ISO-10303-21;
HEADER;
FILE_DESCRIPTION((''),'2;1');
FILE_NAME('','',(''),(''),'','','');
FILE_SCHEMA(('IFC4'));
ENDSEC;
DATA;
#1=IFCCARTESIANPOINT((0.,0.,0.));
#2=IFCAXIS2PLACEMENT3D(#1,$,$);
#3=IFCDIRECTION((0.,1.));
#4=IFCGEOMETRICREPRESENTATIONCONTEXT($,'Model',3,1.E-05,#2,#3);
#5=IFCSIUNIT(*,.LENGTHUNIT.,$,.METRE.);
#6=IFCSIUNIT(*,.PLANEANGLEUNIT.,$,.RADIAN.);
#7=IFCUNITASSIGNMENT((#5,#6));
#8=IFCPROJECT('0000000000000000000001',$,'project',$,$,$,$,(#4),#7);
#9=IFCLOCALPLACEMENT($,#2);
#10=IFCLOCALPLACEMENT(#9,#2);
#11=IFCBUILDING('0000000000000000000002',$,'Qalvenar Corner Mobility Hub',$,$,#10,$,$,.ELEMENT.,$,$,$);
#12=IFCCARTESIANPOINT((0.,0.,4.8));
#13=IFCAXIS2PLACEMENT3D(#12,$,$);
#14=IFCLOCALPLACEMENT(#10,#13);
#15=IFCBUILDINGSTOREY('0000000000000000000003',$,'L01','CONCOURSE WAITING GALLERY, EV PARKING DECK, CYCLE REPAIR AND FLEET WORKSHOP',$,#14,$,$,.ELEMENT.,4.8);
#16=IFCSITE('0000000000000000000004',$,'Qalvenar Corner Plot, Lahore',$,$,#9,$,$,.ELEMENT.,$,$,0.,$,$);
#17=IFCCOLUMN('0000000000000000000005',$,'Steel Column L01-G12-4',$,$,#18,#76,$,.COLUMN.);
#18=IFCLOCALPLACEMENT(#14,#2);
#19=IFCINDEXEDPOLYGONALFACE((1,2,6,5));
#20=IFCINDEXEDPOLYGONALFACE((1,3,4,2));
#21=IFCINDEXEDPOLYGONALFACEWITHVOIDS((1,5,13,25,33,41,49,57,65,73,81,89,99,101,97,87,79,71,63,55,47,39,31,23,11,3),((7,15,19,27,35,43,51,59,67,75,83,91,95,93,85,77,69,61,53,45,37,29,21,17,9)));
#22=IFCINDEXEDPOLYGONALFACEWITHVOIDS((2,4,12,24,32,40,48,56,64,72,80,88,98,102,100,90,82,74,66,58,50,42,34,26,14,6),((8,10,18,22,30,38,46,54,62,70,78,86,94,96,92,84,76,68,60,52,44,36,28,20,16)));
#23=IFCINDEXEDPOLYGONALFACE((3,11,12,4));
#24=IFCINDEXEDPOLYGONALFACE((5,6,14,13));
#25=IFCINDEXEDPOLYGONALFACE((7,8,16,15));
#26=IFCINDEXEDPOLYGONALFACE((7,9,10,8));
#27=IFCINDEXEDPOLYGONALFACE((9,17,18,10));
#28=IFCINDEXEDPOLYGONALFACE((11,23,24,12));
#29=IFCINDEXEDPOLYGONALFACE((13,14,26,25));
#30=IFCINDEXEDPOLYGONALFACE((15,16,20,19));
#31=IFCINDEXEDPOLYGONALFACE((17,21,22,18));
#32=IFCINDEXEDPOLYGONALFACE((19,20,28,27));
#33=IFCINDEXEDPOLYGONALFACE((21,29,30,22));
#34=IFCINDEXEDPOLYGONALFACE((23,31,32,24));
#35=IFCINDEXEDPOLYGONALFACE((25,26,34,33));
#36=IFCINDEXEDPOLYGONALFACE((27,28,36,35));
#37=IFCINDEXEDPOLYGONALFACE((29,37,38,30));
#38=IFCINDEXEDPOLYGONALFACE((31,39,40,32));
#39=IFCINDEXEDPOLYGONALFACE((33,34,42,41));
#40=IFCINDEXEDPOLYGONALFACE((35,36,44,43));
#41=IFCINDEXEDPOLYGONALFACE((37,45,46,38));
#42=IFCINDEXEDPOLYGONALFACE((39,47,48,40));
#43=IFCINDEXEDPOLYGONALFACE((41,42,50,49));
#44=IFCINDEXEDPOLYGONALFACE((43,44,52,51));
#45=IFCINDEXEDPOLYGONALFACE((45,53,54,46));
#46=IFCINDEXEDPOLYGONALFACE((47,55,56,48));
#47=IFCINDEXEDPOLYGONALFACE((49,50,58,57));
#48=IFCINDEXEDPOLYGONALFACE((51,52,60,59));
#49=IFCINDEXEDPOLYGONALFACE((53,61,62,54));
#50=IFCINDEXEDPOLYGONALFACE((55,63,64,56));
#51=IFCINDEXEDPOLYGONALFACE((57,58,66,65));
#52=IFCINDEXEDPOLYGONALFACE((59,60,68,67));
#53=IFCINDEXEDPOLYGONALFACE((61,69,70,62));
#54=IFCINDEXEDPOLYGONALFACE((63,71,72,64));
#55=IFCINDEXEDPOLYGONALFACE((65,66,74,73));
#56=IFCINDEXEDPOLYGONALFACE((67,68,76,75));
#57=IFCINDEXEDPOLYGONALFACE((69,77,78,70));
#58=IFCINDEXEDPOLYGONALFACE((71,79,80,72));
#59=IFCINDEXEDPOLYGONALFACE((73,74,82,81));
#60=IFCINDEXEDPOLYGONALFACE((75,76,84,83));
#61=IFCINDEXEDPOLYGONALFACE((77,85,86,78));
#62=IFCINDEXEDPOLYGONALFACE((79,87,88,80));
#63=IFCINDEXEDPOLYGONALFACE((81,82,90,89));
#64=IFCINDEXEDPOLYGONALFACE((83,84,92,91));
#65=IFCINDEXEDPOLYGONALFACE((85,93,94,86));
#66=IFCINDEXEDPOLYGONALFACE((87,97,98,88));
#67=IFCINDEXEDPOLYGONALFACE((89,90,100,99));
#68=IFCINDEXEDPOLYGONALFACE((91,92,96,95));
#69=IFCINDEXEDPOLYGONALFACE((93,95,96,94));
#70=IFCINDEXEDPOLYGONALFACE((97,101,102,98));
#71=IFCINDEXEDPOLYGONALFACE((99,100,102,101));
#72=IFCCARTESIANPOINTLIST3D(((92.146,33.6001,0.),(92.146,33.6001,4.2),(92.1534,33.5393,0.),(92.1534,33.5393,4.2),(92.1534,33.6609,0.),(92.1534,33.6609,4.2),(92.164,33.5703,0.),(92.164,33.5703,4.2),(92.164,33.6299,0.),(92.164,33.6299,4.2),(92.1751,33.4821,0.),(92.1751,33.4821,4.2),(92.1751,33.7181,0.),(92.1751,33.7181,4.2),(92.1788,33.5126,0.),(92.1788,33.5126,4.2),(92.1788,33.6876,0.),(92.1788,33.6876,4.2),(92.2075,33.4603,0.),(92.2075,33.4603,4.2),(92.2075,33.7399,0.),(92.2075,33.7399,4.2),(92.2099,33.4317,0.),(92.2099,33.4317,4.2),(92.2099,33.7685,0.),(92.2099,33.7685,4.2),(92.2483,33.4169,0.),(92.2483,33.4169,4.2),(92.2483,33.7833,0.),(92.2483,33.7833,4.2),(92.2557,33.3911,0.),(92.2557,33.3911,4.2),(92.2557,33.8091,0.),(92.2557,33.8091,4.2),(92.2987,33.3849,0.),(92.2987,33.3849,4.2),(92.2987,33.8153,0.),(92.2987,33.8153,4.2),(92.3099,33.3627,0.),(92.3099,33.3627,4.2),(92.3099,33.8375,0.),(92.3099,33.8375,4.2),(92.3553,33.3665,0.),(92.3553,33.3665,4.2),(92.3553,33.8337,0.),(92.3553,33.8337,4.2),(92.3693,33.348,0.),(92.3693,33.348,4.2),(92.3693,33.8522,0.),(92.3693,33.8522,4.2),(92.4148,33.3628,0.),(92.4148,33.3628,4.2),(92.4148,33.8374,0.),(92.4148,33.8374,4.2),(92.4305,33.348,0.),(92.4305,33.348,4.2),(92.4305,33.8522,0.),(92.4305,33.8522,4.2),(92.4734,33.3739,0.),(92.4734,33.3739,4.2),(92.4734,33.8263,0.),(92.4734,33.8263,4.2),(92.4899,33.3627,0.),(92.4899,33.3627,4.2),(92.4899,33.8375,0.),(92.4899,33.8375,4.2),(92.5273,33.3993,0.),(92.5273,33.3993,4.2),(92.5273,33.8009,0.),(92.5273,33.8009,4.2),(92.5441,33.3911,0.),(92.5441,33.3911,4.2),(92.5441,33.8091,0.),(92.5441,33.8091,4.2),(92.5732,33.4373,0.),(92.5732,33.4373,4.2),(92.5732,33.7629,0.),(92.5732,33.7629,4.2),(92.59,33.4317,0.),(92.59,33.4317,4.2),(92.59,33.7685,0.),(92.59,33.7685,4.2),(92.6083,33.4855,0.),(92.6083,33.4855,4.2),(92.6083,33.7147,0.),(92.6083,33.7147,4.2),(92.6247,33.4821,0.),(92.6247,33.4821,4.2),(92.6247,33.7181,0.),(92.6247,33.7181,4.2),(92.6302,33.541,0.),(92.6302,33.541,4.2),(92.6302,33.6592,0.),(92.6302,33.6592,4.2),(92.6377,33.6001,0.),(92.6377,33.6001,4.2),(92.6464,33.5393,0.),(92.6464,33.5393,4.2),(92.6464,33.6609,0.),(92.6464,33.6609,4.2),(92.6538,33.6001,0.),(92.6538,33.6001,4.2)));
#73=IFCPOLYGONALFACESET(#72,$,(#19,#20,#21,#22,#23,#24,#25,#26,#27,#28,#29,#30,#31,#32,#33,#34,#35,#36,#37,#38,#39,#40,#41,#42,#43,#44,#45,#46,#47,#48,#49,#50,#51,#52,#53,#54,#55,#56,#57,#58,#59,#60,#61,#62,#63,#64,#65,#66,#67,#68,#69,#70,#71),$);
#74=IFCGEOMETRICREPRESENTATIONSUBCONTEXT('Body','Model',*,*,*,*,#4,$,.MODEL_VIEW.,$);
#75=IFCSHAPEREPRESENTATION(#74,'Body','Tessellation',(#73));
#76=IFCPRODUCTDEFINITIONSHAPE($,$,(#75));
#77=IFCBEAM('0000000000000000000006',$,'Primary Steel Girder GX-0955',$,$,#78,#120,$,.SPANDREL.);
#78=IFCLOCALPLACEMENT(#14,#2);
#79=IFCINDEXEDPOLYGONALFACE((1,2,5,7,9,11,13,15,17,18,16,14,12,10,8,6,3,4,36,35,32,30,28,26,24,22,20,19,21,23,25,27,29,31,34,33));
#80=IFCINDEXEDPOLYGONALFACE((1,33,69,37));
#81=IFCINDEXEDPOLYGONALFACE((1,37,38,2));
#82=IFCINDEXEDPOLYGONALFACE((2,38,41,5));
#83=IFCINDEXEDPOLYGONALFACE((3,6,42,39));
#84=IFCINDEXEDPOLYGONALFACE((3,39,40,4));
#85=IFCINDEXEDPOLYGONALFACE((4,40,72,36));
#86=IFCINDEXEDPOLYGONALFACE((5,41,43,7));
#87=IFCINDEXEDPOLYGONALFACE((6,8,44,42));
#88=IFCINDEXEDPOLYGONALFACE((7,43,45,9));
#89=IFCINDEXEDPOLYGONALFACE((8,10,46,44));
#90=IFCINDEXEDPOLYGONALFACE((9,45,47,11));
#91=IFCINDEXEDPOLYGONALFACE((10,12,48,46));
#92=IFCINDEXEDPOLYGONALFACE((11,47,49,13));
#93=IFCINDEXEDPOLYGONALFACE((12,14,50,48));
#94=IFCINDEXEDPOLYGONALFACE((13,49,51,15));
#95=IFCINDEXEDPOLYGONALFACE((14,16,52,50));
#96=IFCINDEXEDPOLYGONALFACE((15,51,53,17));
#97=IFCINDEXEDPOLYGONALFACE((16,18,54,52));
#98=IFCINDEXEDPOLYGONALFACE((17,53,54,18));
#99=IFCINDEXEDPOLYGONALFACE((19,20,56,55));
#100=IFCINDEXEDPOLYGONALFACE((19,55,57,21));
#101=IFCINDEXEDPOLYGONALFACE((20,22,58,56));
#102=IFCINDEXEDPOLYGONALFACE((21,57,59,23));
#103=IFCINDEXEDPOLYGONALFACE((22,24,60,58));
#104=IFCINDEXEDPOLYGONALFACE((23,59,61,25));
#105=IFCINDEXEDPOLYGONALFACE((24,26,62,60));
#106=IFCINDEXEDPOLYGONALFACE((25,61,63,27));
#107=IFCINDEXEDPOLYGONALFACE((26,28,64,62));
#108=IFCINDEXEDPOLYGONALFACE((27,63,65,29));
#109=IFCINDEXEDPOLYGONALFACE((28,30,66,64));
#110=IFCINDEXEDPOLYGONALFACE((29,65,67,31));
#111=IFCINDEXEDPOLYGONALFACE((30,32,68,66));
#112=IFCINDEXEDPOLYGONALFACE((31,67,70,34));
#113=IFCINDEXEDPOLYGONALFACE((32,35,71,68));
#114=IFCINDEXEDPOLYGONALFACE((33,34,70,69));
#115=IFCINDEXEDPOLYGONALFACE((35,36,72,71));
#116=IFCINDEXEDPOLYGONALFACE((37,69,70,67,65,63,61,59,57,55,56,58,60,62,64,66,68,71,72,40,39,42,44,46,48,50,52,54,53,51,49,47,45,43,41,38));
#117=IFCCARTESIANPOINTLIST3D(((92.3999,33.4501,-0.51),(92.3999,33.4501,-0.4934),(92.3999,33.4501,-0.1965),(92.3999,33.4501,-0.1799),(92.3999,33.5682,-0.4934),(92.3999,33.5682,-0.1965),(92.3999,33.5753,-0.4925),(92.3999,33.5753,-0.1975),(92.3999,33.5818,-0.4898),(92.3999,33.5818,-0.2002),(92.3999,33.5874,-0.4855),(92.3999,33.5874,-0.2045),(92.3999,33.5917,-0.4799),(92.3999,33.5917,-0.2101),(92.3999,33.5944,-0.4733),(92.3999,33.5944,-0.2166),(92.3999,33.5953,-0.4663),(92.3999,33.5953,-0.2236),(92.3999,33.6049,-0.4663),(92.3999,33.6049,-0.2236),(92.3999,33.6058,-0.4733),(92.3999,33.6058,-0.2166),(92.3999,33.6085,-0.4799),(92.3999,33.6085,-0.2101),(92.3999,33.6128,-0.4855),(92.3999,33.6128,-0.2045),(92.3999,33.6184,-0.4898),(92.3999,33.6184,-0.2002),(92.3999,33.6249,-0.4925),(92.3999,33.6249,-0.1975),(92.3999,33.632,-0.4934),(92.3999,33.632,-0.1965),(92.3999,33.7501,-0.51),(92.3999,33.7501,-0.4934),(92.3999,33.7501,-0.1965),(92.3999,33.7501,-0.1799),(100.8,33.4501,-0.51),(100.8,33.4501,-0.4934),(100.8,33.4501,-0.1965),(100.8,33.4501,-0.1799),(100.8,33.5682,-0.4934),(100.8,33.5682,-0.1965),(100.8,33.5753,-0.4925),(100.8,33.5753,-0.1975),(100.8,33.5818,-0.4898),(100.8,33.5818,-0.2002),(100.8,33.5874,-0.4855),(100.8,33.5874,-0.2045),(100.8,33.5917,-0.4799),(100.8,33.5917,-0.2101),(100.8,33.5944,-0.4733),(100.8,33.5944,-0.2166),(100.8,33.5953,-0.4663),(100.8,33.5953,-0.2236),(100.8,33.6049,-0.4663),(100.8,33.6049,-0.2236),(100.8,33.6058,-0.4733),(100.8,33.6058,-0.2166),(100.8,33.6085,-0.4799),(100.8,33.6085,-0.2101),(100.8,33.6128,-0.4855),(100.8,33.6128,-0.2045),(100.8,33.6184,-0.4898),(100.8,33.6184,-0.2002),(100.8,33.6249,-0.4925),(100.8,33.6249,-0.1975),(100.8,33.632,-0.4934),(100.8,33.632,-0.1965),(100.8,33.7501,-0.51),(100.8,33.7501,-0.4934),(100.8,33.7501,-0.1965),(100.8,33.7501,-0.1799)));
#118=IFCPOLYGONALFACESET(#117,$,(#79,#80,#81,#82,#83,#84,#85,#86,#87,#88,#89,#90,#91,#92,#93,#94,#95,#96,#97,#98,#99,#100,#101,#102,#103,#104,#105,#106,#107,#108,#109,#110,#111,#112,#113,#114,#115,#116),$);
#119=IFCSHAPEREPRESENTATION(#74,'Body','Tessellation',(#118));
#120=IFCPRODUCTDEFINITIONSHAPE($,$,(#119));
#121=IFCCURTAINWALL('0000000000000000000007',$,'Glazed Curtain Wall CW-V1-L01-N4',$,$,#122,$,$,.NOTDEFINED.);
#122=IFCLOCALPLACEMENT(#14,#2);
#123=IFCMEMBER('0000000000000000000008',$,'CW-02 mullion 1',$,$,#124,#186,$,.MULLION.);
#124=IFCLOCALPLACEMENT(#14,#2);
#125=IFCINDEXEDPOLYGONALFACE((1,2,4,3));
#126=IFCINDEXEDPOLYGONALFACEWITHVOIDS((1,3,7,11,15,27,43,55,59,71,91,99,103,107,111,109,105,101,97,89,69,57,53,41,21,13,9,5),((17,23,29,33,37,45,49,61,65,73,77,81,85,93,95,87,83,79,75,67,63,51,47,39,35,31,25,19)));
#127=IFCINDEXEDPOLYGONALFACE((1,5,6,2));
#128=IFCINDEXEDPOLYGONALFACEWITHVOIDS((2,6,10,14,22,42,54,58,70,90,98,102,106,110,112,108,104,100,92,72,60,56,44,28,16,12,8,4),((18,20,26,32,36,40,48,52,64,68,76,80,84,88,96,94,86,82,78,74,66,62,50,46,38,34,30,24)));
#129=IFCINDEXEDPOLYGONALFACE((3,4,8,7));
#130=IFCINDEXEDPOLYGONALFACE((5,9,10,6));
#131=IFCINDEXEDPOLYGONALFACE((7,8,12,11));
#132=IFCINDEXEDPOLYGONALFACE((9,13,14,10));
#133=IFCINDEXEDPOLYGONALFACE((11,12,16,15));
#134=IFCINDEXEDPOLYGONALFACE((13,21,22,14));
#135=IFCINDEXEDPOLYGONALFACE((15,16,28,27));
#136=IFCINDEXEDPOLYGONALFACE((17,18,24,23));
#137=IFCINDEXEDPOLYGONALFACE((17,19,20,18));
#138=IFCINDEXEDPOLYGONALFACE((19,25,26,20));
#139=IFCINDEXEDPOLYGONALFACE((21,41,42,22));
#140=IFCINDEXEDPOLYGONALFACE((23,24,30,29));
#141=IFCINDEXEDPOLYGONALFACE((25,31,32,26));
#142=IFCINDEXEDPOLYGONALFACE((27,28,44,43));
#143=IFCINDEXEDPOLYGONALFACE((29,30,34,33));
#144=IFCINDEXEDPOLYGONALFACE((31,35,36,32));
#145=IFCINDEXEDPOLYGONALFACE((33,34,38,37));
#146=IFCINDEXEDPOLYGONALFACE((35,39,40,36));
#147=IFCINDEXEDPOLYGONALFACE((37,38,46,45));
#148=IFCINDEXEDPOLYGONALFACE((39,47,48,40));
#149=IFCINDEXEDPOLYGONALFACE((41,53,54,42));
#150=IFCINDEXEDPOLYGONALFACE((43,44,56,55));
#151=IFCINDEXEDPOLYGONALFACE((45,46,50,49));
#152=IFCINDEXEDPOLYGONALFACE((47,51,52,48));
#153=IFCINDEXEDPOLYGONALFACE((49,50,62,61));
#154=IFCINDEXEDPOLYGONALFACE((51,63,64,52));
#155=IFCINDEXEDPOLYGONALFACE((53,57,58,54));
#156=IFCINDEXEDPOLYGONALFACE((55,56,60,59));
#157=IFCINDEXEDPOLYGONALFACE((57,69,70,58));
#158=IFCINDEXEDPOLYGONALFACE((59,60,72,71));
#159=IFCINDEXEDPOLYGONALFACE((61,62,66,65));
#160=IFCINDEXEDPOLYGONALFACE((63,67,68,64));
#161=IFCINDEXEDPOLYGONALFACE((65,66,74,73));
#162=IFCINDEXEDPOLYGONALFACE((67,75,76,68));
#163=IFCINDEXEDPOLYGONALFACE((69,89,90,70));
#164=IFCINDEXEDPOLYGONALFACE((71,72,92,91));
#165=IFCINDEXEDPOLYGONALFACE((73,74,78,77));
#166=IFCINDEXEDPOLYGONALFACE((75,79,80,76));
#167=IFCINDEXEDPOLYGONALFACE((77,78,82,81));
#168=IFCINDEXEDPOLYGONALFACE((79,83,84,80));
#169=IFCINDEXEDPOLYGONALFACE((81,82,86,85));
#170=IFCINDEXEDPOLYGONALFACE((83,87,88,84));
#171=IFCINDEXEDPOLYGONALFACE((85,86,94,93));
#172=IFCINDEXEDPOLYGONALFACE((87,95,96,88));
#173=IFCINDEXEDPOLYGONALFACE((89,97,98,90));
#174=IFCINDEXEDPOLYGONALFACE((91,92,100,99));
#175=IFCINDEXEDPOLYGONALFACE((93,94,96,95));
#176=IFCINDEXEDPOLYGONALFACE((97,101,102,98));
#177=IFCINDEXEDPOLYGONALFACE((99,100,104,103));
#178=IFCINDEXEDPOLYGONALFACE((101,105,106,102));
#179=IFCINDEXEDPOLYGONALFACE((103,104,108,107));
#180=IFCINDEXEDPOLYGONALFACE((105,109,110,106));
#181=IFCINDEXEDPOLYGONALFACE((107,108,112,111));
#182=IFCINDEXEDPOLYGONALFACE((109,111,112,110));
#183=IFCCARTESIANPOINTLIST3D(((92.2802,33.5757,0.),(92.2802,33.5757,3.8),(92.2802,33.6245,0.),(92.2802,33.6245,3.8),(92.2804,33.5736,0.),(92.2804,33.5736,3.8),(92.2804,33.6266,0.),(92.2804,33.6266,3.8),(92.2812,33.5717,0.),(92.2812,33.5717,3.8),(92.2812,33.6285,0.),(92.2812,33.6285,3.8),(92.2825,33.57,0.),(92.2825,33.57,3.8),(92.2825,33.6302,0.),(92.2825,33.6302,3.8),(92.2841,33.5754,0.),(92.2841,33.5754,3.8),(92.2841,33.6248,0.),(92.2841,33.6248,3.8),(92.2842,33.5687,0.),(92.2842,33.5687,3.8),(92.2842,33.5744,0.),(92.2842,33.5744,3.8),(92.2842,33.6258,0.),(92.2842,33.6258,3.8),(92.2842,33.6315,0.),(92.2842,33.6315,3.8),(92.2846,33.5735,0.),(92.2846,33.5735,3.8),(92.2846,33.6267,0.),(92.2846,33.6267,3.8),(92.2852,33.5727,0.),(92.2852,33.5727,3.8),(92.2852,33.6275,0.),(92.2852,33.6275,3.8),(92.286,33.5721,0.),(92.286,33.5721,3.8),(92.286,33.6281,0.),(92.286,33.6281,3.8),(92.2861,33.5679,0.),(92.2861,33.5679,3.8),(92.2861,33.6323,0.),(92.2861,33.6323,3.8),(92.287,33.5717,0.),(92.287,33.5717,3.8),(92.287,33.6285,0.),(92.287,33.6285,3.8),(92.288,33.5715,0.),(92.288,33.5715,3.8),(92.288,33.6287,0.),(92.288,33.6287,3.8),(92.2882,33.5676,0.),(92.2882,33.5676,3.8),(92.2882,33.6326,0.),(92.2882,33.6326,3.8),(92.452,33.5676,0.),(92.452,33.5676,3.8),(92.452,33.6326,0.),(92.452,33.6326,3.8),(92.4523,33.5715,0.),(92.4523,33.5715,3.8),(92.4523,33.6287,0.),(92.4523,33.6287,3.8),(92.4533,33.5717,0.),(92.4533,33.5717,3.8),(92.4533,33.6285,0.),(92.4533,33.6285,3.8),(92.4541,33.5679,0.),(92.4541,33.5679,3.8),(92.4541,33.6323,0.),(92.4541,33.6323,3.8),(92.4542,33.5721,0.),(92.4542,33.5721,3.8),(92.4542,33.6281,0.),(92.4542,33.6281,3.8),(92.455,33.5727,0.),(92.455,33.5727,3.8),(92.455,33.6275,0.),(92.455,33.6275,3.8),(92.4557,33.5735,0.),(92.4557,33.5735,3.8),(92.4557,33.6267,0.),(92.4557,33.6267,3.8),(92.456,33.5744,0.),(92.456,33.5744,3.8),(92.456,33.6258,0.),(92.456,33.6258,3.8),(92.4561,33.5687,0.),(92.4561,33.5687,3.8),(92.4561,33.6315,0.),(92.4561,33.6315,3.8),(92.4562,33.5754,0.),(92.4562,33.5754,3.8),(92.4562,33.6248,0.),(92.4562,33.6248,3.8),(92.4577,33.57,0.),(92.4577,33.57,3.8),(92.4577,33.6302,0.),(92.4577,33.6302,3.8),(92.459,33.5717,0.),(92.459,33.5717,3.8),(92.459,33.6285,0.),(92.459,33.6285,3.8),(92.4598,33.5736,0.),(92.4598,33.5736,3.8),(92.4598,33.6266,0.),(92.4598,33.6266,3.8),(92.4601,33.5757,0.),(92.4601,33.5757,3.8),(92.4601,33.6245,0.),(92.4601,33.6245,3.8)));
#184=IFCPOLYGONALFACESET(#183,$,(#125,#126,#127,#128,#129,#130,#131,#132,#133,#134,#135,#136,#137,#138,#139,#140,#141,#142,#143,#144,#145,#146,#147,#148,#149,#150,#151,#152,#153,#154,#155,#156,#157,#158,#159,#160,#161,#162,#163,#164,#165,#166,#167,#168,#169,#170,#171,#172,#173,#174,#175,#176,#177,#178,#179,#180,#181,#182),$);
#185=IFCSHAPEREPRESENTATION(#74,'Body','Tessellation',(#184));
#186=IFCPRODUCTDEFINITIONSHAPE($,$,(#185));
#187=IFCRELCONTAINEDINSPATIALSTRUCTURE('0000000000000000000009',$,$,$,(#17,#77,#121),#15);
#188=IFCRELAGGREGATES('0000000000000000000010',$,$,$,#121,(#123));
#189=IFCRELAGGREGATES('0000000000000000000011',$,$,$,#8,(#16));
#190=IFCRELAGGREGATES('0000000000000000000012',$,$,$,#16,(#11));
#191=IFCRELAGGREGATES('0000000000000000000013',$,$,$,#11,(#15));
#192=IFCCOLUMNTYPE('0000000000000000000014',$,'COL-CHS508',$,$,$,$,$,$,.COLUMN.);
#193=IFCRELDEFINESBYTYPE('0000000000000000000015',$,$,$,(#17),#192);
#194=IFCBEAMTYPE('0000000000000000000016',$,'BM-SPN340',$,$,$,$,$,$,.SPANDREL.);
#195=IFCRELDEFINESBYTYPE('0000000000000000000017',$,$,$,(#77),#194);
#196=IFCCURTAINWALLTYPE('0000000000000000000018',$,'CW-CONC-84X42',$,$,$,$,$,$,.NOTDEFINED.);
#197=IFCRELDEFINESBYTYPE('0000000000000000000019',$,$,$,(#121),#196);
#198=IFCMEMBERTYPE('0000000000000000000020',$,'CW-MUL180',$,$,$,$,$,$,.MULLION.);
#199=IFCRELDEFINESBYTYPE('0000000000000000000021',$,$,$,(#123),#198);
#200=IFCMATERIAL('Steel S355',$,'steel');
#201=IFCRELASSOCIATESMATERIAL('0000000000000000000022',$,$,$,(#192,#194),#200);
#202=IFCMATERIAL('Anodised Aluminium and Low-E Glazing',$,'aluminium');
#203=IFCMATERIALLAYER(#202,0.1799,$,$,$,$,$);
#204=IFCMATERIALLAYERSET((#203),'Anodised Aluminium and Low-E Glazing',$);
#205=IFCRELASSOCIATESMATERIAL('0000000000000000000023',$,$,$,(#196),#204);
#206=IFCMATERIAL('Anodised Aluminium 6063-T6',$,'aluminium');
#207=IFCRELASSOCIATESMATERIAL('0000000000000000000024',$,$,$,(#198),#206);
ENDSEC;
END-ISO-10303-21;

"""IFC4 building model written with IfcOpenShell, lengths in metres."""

from ifc_helpers import new_model, si_unit, direction, frame, origin, origin_2d, place, context, subcontext, project, spatial, hollow_rectangle, hollow_circle, i_section, extrude, material, layer, layer_set, material_profile, profile_set, type_object, element, aggregate, save


model = new_model("IFC4")

# Units and contexts
model_context = context("Model", 3, precision=1e-05, world=origin(), true_north=direction((0.0, 1.0)))
body_context = subcontext(model_context, "Body", "Model", "MODEL_VIEW")
ifc_project = project(units=[si_unit("LENGTHUNIT", "METRE"), si_unit("PLANEANGLEUNIT", "RADIAN")], contexts=[model_context])

# Site, building, storey
site_placement = place(None, origin())
site = spatial("IfcSite", under=ifc_project, at=site_placement, Name="Qalvenar Corner Plot, Lahore", CompositionType="ELEMENT", RefElevation=0.0)
building_placement = place(site_placement, origin())
building = spatial("IfcBuilding", under=site, at=building_placement, Name="Qalvenar Corner Mobility Hub", CompositionType="ELEMENT")
storey_placement = place(building_placement, frame((0.0, 0.0, 4.8)))
storey = spatial("IfcBuildingStorey", under=building, at=storey_placement, Name="L01", Description="CONCOURSE WAITING GALLERY, EV PARKING DECK, CYCLE REPAIR AND FLEET WORKSHOP", CompositionType="ELEMENT", Elevation=4.8)

# Column
ifc_material_1 = material(Name="Steel S355", Category="steel")
ifc_material_profile_1 = material_profile(ifc_material_1, hollow_circle(Radius=0.2539, WallThickness=0.0161, at=origin_2d()), Name="CHS508x16")
ifc_profile_set_1 = profile_set([ifc_material_profile_1], Name="Steel S355")
column_type = type_object("IfcColumnType", Name="COL-CHS508", PredefinedType="COLUMN", material=ifc_profile_set_1)
column_placement = place(storey_placement, frame((92.3999, 33.6001, 0.0), z_axis=(0.0, 0.0, 1.0), x_axis=(1.0, 0.0, 0.0)))
element("IfcColumn", 1, at=column_placement, inside=storey, type_object=column_type, Name="Steel Column L01-G12-4", PredefinedType="COLUMN", context=body_context, shape_type="SweptSolid", body=[
    extrude(hollow_circle(Radius=0.2539, WallThickness=0.0161, at=origin_2d()), origin(), (0.0, 0.0, 1.0), 4.2),
])

# Beam
ifc_material_profile_2 = material_profile(ifc_material_1, i_section(OverallWidth=0.3, OverallDepth=0.3301, WebThickness=0.0095, FlangeThickness=0.0166, FilletRadius=0.0271, at=origin_2d()), Name="HEA340")
ifc_profile_set_2 = profile_set([ifc_material_profile_2], Name="Steel S355")
beam_type = type_object("IfcBeamType", Name="BM-SPN340", PredefinedType="SPANDREL", material=ifc_profile_set_2)
beam_placement = place(storey_placement, frame((92.3999, 33.6001, -0.345), z_axis=(1.0, 0.0, 0.0), x_axis=(0.0, 1.0, 0.0)))
element("IfcBeam", 2, at=beam_placement, inside=storey, type_object=beam_type, Name="Primary Steel Girder GX-0955", PredefinedType="SPANDREL", context=body_context, shape_type="SweptSolid", body=[
    extrude(i_section(OverallWidth=0.3, OverallDepth=0.3301, WebThickness=0.0095, FlangeThickness=0.0166, FilletRadius=0.0271, at=origin_2d()), origin(), (0.0, 0.0, 1.0), 8.4001),
])

# Curtain wall, member
ifc_material_2 = material(Name="Anodised Aluminium and Low-E Glazing", Category="aluminium")
ifc_layer_1 = layer(ifc_material_2, 0.1799)
ifc_layer_set_1 = layer_set([ifc_layer_1], Name="Anodised Aluminium and Low-E Glazing")
curtain_wall_type = type_object("IfcCurtainWallType", Name="CW-CONC-84X42", PredefinedType="NOTDEFINED", material=ifc_layer_set_1)
curtain_wall_1_placement = place(storey_placement, origin())
curtain_wall_1 = element("IfcCurtainWall", 3, at=curtain_wall_1_placement, inside=storey, type_object=curtain_wall_type, Name="Glazed Curtain Wall CW-V1-L01-N4", PredefinedType="NOTDEFINED")
ifc_material_3 = material(Name="Anodised Aluminium 6063-T6", Category="aluminium")
ifc_material_profile_3 = material_profile(ifc_material_3, hollow_rectangle(XDim=0.0649, YDim=0.1799, WallThickness=0.0039, InnerFilletRadius=0.0039, OuterFilletRadius=0.0081, at=origin_2d()), Name="RHS180x65x4")
ifc_profile_set_3 = profile_set([ifc_material_profile_3], Name="Anodised Aluminium 6063-T6")
member_type_1 = type_object("IfcMemberType", Name="CW-MUL180", PredefinedType="MULLION", material=ifc_profile_set_3)
member_1_placement = place(storey_placement, frame((92.3701, 33.6001, 0.0), z_axis=(0.0, 0.0, 1.0), x_axis=(0.0, -1.0, 0.0)))
member_1 = element("IfcMember", 4, at=member_1_placement, type_object=member_type_1, Name="CW-02 mullion 1", PredefinedType="MULLION", context=body_context, shape_type="SweptSolid", body=[
    extrude(hollow_rectangle(XDim=0.0649, YDim=0.1799, WallThickness=0.0039, InnerFilletRadius=0.0039, OuterFilletRadius=0.0081, at=origin_2d()), origin(), (0.0, 0.0, 1.0), 3.8),
])
aggregate(curtain_wall_1, [member_1])

save(model, "model.ifc")
